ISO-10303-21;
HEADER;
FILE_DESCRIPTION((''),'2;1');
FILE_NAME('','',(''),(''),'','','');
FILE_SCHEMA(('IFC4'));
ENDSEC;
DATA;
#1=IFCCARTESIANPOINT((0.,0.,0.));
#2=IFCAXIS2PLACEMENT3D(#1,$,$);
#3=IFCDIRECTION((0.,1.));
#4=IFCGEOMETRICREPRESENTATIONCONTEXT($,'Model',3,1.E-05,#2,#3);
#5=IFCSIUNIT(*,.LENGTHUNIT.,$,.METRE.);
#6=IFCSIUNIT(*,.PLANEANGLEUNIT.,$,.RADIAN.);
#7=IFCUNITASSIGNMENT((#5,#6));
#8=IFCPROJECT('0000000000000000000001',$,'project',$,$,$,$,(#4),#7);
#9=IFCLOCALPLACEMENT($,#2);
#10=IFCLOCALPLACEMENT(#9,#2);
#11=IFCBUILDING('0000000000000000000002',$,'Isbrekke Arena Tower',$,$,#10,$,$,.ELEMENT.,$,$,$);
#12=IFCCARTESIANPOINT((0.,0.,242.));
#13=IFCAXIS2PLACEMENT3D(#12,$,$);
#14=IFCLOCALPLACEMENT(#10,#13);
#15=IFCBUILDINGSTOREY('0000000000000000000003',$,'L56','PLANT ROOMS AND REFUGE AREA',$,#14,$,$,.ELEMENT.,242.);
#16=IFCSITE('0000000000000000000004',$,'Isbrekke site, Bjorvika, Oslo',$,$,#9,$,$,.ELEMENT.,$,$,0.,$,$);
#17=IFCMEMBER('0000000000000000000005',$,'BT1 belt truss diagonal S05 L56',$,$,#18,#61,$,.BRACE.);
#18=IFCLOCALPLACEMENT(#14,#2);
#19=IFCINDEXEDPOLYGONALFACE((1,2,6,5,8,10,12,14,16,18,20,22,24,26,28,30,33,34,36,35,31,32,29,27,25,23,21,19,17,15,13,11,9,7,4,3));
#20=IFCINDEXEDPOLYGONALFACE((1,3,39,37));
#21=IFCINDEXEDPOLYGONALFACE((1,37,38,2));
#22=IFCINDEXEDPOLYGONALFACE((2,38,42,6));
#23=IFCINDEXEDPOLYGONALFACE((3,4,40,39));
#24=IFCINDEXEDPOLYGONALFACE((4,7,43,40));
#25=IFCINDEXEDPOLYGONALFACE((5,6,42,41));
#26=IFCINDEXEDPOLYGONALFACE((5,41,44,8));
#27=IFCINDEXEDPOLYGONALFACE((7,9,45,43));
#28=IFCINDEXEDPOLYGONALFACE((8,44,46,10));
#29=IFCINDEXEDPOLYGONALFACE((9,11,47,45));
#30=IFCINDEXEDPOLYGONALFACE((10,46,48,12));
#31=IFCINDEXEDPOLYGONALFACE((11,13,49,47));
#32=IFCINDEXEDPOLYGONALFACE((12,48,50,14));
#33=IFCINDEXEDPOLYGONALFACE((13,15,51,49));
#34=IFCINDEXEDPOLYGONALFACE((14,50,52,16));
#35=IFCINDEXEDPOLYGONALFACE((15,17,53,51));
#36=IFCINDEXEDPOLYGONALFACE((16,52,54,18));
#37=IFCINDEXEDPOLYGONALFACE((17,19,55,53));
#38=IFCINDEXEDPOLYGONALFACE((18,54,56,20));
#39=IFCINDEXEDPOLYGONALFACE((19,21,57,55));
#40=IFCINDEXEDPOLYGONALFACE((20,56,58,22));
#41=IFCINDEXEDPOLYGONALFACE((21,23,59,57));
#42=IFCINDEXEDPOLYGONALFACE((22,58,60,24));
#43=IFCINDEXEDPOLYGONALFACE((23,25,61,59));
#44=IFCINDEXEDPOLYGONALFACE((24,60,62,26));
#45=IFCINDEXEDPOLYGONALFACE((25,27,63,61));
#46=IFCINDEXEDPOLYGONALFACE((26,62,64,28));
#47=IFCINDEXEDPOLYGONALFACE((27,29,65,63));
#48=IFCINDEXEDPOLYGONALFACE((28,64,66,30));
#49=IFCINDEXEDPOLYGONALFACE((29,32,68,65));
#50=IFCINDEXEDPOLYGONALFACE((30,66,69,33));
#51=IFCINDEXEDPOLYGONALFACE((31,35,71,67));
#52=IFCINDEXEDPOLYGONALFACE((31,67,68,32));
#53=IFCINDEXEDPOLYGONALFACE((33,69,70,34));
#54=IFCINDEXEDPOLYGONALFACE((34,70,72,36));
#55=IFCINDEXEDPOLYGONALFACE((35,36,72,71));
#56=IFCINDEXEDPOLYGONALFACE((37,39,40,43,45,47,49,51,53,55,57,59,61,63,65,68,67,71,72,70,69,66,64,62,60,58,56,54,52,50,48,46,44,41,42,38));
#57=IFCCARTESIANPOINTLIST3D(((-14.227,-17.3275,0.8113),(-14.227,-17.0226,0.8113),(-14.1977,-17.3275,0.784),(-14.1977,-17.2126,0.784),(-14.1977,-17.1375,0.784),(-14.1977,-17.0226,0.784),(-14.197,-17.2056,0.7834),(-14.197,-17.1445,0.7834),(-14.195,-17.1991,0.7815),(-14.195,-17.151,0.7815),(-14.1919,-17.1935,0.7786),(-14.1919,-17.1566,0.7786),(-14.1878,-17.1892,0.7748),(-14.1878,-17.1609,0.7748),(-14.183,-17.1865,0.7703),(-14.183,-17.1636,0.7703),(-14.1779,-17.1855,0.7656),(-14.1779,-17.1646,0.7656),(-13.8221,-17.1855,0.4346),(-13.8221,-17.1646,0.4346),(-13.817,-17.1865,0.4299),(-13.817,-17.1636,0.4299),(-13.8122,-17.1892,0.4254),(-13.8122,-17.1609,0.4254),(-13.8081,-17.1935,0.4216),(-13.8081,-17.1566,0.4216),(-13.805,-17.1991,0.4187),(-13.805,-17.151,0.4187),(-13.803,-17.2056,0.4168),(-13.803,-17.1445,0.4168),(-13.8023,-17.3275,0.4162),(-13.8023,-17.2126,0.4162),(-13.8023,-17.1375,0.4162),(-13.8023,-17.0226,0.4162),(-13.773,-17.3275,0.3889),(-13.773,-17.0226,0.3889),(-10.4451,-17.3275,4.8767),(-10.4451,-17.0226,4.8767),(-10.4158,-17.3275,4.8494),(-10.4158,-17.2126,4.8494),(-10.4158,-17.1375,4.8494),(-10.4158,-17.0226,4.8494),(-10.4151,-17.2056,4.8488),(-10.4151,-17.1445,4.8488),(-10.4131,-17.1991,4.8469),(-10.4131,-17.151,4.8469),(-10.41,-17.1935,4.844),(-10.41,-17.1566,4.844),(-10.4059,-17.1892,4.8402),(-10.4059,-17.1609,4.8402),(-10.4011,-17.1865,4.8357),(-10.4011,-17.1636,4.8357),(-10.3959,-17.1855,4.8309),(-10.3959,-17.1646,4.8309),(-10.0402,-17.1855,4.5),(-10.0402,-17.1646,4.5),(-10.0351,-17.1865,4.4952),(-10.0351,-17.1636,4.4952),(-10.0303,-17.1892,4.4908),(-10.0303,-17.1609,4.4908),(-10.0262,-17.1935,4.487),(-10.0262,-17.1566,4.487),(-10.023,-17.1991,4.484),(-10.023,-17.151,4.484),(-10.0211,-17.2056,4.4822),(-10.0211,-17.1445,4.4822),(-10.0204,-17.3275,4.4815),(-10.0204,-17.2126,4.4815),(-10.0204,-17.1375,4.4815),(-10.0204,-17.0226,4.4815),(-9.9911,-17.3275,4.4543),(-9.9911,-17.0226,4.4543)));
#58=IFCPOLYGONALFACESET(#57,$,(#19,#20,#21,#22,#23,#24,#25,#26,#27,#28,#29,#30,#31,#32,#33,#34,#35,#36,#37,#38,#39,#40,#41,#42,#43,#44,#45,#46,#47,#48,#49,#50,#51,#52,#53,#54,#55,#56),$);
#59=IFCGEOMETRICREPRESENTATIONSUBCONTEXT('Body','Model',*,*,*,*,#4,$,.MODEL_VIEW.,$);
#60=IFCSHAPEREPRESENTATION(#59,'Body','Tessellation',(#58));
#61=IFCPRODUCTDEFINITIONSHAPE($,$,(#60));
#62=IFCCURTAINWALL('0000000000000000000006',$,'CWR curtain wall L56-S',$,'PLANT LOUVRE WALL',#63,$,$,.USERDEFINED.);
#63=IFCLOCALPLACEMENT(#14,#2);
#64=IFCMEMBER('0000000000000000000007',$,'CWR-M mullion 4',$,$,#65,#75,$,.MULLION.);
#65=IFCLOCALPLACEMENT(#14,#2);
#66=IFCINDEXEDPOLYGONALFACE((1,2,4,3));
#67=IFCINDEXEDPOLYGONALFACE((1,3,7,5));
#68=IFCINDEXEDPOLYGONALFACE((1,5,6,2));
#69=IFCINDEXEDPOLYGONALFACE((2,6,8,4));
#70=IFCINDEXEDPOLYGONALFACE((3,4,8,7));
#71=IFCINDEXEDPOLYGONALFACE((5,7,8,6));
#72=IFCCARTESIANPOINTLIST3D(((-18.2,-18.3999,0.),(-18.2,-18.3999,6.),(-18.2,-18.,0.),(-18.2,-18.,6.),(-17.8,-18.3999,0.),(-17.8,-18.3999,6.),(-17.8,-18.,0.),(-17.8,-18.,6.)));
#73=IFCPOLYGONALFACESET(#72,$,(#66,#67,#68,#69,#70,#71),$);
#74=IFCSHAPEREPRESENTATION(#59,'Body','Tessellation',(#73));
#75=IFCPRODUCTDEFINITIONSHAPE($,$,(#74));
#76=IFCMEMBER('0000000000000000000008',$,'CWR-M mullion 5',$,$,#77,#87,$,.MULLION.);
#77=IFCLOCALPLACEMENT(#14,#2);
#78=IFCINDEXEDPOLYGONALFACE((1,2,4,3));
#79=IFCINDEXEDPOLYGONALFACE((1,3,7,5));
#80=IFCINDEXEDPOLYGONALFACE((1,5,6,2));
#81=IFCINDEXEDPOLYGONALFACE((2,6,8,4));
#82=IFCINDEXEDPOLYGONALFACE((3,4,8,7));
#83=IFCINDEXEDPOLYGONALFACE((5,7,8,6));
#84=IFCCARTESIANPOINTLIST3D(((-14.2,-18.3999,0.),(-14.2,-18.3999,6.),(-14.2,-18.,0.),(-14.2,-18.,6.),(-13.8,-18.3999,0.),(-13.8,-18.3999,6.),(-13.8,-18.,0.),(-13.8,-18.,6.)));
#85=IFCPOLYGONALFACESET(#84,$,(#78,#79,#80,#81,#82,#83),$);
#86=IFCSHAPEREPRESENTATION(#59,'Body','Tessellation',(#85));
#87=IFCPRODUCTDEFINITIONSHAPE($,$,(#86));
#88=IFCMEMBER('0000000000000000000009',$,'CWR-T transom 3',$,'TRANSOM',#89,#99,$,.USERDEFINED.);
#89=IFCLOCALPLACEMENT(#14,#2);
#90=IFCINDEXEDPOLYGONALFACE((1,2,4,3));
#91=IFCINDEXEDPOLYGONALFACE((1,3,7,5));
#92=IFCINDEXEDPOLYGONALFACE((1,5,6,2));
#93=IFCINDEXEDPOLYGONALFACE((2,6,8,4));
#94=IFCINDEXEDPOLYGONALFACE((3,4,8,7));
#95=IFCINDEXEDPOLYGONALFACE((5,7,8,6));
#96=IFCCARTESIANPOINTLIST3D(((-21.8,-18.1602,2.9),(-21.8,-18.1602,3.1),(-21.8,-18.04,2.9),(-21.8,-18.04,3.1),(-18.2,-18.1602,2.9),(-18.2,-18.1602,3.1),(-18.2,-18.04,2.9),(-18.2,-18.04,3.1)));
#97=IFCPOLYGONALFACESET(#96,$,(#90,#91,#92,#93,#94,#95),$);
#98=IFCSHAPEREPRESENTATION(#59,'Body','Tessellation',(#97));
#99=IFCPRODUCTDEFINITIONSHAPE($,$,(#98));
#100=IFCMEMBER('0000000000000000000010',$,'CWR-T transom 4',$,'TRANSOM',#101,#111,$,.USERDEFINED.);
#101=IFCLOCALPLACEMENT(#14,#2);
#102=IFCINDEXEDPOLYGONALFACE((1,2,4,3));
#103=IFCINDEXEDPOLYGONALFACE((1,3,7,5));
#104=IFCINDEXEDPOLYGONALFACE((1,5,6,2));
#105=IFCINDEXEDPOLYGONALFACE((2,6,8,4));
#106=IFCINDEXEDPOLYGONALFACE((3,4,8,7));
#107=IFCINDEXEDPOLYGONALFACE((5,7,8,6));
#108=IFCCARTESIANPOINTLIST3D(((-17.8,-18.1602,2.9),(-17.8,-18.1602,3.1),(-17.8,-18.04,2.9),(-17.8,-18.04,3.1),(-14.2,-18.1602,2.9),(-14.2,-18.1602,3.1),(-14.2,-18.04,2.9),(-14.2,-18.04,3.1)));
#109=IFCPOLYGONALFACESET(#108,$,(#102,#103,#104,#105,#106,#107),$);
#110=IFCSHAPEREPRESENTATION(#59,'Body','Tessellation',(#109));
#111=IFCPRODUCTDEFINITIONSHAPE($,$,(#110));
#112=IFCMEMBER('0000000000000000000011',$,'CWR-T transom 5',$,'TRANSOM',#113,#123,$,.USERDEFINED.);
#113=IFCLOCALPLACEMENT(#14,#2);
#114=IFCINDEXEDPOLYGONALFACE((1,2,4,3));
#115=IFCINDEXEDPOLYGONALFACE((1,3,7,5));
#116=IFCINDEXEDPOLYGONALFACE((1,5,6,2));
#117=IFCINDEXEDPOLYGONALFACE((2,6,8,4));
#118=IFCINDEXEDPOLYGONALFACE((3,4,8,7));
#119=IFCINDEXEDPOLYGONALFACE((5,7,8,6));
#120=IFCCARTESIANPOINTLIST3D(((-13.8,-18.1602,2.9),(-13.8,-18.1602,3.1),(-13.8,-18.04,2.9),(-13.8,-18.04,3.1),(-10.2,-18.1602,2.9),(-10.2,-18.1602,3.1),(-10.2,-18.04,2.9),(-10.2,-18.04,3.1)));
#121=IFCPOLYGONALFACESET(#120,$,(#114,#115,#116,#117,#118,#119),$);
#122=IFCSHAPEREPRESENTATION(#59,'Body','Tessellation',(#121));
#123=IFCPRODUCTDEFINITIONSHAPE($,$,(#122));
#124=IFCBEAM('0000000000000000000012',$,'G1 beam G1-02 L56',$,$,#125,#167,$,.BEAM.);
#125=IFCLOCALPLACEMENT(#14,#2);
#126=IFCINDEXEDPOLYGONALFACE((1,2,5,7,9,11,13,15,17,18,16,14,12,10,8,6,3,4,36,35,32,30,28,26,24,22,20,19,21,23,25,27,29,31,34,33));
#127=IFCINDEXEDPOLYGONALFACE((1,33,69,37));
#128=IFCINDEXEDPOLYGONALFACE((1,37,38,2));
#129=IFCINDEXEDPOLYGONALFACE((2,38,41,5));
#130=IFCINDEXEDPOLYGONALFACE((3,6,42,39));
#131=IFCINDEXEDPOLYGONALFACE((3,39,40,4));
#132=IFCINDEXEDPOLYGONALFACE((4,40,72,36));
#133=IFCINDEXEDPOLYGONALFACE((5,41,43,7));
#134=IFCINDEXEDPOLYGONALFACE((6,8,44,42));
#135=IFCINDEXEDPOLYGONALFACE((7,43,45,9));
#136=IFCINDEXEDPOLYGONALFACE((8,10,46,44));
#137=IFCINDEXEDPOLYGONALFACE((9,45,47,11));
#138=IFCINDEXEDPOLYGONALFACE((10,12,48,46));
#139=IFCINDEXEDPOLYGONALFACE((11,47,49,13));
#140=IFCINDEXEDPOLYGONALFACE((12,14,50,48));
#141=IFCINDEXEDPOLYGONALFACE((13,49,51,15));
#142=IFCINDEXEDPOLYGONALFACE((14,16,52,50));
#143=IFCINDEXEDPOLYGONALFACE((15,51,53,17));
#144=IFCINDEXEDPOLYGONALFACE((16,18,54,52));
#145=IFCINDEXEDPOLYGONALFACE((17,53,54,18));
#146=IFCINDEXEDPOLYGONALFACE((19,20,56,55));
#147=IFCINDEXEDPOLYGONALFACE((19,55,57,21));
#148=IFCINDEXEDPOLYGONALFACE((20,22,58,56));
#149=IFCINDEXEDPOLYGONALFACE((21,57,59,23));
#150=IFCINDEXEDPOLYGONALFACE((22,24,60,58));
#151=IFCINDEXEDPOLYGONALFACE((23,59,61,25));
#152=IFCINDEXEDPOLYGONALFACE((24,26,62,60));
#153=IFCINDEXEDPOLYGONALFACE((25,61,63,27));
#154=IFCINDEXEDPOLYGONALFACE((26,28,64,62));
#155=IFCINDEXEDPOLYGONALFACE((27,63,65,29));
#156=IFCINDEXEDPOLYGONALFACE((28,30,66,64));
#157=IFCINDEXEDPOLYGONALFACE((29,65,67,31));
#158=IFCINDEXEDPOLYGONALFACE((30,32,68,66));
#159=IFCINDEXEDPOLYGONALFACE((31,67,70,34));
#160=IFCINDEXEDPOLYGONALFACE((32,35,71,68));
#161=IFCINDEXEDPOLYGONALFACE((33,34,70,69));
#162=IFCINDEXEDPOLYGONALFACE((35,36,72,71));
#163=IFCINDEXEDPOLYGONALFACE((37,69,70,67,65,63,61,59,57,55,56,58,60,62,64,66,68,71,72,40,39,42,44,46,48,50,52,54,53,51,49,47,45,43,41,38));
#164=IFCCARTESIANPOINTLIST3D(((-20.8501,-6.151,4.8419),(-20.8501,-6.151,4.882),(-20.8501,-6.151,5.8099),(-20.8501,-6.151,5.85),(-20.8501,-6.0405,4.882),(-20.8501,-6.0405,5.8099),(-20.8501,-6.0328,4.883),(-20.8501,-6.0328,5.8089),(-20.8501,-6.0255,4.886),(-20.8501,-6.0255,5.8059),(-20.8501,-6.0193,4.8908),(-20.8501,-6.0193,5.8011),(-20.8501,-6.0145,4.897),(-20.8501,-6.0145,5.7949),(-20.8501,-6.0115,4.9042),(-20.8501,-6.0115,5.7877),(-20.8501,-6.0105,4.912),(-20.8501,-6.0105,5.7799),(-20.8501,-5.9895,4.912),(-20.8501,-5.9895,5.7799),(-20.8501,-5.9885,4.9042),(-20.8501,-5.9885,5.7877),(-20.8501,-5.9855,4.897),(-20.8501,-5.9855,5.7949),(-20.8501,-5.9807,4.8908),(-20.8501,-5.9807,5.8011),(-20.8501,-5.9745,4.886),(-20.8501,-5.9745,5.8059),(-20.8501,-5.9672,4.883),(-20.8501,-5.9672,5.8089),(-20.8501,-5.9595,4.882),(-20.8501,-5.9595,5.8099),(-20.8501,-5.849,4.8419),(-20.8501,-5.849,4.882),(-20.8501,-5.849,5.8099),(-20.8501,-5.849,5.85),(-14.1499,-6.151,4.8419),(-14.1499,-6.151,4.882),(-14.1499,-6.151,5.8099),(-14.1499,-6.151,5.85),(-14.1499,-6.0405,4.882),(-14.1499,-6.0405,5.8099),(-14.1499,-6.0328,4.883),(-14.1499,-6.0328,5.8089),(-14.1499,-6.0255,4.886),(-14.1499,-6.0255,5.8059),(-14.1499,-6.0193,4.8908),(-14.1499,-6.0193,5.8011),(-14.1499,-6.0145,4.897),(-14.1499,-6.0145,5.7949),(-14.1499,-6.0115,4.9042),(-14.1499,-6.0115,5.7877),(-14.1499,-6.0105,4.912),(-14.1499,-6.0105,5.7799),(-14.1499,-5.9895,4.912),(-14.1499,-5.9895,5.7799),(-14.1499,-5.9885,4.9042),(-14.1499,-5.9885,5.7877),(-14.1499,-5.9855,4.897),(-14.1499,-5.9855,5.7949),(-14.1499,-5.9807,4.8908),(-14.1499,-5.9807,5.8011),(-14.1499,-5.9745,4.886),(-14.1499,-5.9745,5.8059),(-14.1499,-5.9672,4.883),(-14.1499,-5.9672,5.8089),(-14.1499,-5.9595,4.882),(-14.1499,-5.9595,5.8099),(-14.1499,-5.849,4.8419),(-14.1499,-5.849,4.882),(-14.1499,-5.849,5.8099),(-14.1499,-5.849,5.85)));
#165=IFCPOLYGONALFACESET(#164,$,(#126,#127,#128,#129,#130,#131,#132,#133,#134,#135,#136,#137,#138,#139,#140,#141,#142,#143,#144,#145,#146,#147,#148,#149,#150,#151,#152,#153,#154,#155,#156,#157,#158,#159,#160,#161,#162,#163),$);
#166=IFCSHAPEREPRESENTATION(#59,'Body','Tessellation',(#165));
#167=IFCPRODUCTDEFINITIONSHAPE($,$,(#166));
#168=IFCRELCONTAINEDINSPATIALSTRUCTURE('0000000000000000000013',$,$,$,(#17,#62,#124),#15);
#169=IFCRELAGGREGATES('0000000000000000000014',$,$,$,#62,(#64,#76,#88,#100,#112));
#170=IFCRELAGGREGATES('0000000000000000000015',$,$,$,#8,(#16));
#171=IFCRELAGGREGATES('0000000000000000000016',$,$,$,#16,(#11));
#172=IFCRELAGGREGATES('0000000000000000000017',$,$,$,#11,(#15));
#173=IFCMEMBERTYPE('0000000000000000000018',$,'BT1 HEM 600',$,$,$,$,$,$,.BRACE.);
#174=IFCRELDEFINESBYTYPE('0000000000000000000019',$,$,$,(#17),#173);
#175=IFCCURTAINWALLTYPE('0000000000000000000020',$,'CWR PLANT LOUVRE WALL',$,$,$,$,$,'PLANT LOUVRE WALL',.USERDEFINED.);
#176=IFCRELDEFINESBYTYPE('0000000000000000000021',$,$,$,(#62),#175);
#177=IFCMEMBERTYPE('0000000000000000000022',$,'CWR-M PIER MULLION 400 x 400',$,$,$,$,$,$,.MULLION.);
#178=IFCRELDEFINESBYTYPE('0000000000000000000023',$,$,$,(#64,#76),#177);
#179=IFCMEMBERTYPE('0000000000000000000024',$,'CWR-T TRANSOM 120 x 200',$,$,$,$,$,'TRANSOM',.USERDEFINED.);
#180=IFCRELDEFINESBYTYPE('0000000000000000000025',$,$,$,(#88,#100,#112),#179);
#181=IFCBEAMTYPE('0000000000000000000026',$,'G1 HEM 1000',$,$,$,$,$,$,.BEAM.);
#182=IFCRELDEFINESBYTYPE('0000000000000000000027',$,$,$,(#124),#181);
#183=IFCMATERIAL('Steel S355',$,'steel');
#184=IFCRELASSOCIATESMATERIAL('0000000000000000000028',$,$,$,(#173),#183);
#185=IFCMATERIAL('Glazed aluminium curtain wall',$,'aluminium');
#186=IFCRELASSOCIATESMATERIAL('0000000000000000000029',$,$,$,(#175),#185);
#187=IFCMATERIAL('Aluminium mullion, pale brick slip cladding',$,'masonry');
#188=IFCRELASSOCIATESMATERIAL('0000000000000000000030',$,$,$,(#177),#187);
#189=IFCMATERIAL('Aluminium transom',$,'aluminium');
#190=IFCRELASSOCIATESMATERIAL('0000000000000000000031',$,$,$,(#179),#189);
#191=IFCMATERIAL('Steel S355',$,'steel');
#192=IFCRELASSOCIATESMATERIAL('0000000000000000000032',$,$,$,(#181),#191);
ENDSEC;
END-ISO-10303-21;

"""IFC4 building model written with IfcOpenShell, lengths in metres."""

from ifc_helpers import new_model, si_unit, direction, frame, origin, origin_2d, place, context, subcontext, project, spatial, rectangle, i_section, extrude, material, material_profile, profile_set, type_object, element, aggregate, save


model = new_model("IFC4")

# Units and contexts
model_context = context("Model", 3, precision=1e-05, world=origin(), true_north=direction((0.0, 1.0)))
body_context = subcontext(model_context, "Body", "Model", "MODEL_VIEW")
ifc_project = project(units=[si_unit("LENGTHUNIT", "METRE"), si_unit("PLANEANGLEUNIT", "RADIAN")], contexts=[model_context])

# Site, building, storey
site_placement = place(None, origin())
site = spatial("IfcSite", under=ifc_project, at=site_placement, Name="Isbrekke site, Bjorvika, Oslo", CompositionType="ELEMENT", RefElevation=0.0)
building_placement = place(site_placement, origin())
building = spatial("IfcBuilding", under=site, at=building_placement, Name="Isbrekke Arena Tower", CompositionType="ELEMENT")
storey_placement = place(building_placement, frame((0.0, 0.0, 242.0)))
storey = spatial("IfcBuildingStorey", under=building, at=storey_placement, Name="L56", Description="PLANT ROOMS AND REFUGE AREA", CompositionType="ELEMENT", Elevation=242.0)

# Member
ifc_material_1 = material(Name="Steel S355", Category="steel")
ifc_material_profile_1 = material_profile(ifc_material_1, i_section(OverallWidth=0.3049, OverallDepth=0.6201, WebThickness=0.021, FlangeThickness=0.04, FilletRadius=0.0271, at=origin_2d()), Name="HEM 600")
ifc_profile_set_1 = profile_set([ifc_material_profile_1], Name="Steel S355")
member_type_1 = type_object("IfcMemberType", Name="BT1 HEM 600", PredefinedType="BRACE", material=ifc_profile_set_1)
for number, where, z_axis, x_axis, name in (
    (1, (-14.0, -17.175, 0.6001), (0.681122, 0.0, 0.73217), (0.0, 1.0, 0.0), "BT1 belt truss diagonal S05 L56"),
):
    element("IfcMember", number, at=place(storey_placement, frame(where, z_axis=z_axis, x_axis=x_axis)), inside=storey, type_object=member_type_1, Name=name, PredefinedType="BRACE", context=body_context, shape_type="SweptSolid", body=[
        extrude(i_section(OverallWidth=0.3049, OverallDepth=0.6201, WebThickness=0.021, FlangeThickness=0.04, FilletRadius=0.0271, at=origin_2d()), origin(), (0.0, 0.0, 1.0), 5.5525),
    ])

# Curtain wall, members
ifc_material_2 = material(Name="Glazed aluminium curtain wall", Category="aluminium")
curtain_wall_type = type_object("IfcCurtainWallType", Name="CWR PLANT LOUVRE WALL", ElementType="PLANT LOUVRE WALL", PredefinedType="USERDEFINED", material=ifc_material_2)
curtain_wall_placement = place(storey_placement, origin())
curtain_wall = element("IfcCurtainWall", 2, at=curtain_wall_placement, inside=storey, type_object=curtain_wall_type, Name="CWR curtain wall L56-S", ObjectType="PLANT LOUVRE WALL", PredefinedType="USERDEFINED")
ifc_material_3 = material(Name="Aluminium mullion, pale brick slip cladding", Category="masonry")
ifc_material_profile_2 = material_profile(ifc_material_3, rectangle(XDim=0.3999, YDim=0.3999, at=origin_2d()), Name="PIER 400X400")
ifc_profile_set_2 = profile_set([ifc_material_profile_2], Name="Aluminium mullion, pale brick slip cladding")
member_type_2 = type_object("IfcMemberType", Name="CWR-M PIER MULLION 400 x 400", PredefinedType="MULLION", material=ifc_profile_set_2)
member_1_placement = place(storey_placement, frame((-18.0, -18.2, 0.0), z_axis=(0.0, 0.0, 1.0), x_axis=(1.0, 0.0, 0.0)))
member_1 = element("IfcMember", 3, at=member_1_placement, type_object=member_type_2, Name="CWR-M mullion 4", PredefinedType="MULLION", context=body_context, shape_type="SweptSolid", body=[
    extrude(rectangle(XDim=0.3999, YDim=0.3999, at=origin_2d()), origin(), (0.0, 0.0, 1.0), 6.0),
])
member_2_placement = place(storey_placement, frame((-14.0, -18.2, 0.0), z_axis=(0.0, 0.0, 1.0), x_axis=(1.0, 0.0, 0.0)))
member_2 = element("IfcMember", 4, at=member_2_placement, type_object=member_type_2, Name="CWR-M mullion 5", PredefinedType="MULLION", context=body_context, shape_type="SweptSolid", body=[
    extrude(rectangle(XDim=0.3999, YDim=0.3999, at=origin_2d()), origin(), (0.0, 0.0, 1.0), 6.0),
])
ifc_material_4 = material(Name="Aluminium transom", Category="aluminium")
ifc_material_profile_3 = material_profile(ifc_material_4, rectangle(XDim=0.1201, YDim=0.2, at=origin_2d()), Name="TRANSOM 120X200")
ifc_profile_set_3 = profile_set([ifc_material_profile_3], Name="Aluminium transom")
member_type_3 = type_object("IfcMemberType", Name="CWR-T TRANSOM 120 x 200", ElementType="TRANSOM", PredefinedType="USERDEFINED", material=ifc_profile_set_3)
member_3_placement = place(storey_placement, frame((-21.8, -18.1001, 3.0), z_axis=(1.0, 0.0, 0.0), x_axis=(0.0, 1.0, 0.0)))
member_3 = element("IfcMember", 5, at=member_3_placement, type_object=member_type_3, Name="CWR-T transom 3", ObjectType="TRANSOM", PredefinedType="USERDEFINED", context=body_context, shape_type="SweptSolid", body=[
    extrude(rectangle(XDim=0.1201, YDim=0.2, at=origin_2d()), origin(), (0.0, 0.0, 1.0), 3.6001),
])
member_4_placement = place(storey_placement, frame((-17.8, -18.1001, 3.0), z_axis=(1.0, 0.0, 0.0), x_axis=(0.0, 1.0, 0.0)))
member_4 = element("IfcMember", 6, at=member_4_placement, type_object=member_type_3, Name="CWR-T transom 4", ObjectType="TRANSOM", PredefinedType="USERDEFINED", context=body_context, shape_type="SweptSolid", body=[
    extrude(rectangle(XDim=0.1201, YDim=0.2, at=origin_2d()), origin(), (0.0, 0.0, 1.0), 3.6001),
])
member_5_placement = place(storey_placement, frame((-13.8, -18.1001, 3.0), z_axis=(1.0, 0.0, 0.0), x_axis=(0.0, 1.0, 0.0)))
member_5 = element("IfcMember", 7, at=member_5_placement, type_object=member_type_3, Name="CWR-T transom 5", ObjectType="TRANSOM", PredefinedType="USERDEFINED", context=body_context, shape_type="SweptSolid", body=[
    extrude(rectangle(XDim=0.1201, YDim=0.2, at=origin_2d()), origin(), (0.0, 0.0, 1.0), 3.6001),
])

# Beam
ifc_material_5 = material(Name="Steel S355", Category="steel")
ifc_material_profile_4 = material_profile(ifc_material_5, i_section(OverallWidth=0.302, OverallDepth=1.0081, WebThickness=0.021, FlangeThickness=0.04, FilletRadius=0.03, at=origin_2d()), Name="HEM 1000")
ifc_profile_set_4 = profile_set([ifc_material_profile_4], Name="Steel S355")
beam_type_1 = type_object("IfcBeamType", Name="G1 HEM 1000", PredefinedType="BEAM", material=ifc_profile_set_4)
for number, where, z_axis, x_axis, name in (
    (8, (-20.8501, -6.0, 5.3459), (1.0, 0.0, 0.0), (0.0, 1.0, 0.0), "G1 beam G1-02 L56"),
):
    element("IfcBeam", number, at=place(storey_placement, frame(where, z_axis=z_axis, x_axis=x_axis)), inside=storey, type_object=beam_type_1, Name=name, PredefinedType="BEAM", context=body_context, shape_type="SweptSolid", body=[
        extrude(i_section(OverallWidth=0.302, OverallDepth=1.0081, WebThickness=0.021, FlangeThickness=0.04, FilletRadius=0.03, at=origin_2d()), origin(), (0.0, 0.0, 1.0), 6.7002),
    ])

aggregate(curtain_wall, [member_1, member_2, member_3, member_4, member_5])

save(model, "model.ifc")
